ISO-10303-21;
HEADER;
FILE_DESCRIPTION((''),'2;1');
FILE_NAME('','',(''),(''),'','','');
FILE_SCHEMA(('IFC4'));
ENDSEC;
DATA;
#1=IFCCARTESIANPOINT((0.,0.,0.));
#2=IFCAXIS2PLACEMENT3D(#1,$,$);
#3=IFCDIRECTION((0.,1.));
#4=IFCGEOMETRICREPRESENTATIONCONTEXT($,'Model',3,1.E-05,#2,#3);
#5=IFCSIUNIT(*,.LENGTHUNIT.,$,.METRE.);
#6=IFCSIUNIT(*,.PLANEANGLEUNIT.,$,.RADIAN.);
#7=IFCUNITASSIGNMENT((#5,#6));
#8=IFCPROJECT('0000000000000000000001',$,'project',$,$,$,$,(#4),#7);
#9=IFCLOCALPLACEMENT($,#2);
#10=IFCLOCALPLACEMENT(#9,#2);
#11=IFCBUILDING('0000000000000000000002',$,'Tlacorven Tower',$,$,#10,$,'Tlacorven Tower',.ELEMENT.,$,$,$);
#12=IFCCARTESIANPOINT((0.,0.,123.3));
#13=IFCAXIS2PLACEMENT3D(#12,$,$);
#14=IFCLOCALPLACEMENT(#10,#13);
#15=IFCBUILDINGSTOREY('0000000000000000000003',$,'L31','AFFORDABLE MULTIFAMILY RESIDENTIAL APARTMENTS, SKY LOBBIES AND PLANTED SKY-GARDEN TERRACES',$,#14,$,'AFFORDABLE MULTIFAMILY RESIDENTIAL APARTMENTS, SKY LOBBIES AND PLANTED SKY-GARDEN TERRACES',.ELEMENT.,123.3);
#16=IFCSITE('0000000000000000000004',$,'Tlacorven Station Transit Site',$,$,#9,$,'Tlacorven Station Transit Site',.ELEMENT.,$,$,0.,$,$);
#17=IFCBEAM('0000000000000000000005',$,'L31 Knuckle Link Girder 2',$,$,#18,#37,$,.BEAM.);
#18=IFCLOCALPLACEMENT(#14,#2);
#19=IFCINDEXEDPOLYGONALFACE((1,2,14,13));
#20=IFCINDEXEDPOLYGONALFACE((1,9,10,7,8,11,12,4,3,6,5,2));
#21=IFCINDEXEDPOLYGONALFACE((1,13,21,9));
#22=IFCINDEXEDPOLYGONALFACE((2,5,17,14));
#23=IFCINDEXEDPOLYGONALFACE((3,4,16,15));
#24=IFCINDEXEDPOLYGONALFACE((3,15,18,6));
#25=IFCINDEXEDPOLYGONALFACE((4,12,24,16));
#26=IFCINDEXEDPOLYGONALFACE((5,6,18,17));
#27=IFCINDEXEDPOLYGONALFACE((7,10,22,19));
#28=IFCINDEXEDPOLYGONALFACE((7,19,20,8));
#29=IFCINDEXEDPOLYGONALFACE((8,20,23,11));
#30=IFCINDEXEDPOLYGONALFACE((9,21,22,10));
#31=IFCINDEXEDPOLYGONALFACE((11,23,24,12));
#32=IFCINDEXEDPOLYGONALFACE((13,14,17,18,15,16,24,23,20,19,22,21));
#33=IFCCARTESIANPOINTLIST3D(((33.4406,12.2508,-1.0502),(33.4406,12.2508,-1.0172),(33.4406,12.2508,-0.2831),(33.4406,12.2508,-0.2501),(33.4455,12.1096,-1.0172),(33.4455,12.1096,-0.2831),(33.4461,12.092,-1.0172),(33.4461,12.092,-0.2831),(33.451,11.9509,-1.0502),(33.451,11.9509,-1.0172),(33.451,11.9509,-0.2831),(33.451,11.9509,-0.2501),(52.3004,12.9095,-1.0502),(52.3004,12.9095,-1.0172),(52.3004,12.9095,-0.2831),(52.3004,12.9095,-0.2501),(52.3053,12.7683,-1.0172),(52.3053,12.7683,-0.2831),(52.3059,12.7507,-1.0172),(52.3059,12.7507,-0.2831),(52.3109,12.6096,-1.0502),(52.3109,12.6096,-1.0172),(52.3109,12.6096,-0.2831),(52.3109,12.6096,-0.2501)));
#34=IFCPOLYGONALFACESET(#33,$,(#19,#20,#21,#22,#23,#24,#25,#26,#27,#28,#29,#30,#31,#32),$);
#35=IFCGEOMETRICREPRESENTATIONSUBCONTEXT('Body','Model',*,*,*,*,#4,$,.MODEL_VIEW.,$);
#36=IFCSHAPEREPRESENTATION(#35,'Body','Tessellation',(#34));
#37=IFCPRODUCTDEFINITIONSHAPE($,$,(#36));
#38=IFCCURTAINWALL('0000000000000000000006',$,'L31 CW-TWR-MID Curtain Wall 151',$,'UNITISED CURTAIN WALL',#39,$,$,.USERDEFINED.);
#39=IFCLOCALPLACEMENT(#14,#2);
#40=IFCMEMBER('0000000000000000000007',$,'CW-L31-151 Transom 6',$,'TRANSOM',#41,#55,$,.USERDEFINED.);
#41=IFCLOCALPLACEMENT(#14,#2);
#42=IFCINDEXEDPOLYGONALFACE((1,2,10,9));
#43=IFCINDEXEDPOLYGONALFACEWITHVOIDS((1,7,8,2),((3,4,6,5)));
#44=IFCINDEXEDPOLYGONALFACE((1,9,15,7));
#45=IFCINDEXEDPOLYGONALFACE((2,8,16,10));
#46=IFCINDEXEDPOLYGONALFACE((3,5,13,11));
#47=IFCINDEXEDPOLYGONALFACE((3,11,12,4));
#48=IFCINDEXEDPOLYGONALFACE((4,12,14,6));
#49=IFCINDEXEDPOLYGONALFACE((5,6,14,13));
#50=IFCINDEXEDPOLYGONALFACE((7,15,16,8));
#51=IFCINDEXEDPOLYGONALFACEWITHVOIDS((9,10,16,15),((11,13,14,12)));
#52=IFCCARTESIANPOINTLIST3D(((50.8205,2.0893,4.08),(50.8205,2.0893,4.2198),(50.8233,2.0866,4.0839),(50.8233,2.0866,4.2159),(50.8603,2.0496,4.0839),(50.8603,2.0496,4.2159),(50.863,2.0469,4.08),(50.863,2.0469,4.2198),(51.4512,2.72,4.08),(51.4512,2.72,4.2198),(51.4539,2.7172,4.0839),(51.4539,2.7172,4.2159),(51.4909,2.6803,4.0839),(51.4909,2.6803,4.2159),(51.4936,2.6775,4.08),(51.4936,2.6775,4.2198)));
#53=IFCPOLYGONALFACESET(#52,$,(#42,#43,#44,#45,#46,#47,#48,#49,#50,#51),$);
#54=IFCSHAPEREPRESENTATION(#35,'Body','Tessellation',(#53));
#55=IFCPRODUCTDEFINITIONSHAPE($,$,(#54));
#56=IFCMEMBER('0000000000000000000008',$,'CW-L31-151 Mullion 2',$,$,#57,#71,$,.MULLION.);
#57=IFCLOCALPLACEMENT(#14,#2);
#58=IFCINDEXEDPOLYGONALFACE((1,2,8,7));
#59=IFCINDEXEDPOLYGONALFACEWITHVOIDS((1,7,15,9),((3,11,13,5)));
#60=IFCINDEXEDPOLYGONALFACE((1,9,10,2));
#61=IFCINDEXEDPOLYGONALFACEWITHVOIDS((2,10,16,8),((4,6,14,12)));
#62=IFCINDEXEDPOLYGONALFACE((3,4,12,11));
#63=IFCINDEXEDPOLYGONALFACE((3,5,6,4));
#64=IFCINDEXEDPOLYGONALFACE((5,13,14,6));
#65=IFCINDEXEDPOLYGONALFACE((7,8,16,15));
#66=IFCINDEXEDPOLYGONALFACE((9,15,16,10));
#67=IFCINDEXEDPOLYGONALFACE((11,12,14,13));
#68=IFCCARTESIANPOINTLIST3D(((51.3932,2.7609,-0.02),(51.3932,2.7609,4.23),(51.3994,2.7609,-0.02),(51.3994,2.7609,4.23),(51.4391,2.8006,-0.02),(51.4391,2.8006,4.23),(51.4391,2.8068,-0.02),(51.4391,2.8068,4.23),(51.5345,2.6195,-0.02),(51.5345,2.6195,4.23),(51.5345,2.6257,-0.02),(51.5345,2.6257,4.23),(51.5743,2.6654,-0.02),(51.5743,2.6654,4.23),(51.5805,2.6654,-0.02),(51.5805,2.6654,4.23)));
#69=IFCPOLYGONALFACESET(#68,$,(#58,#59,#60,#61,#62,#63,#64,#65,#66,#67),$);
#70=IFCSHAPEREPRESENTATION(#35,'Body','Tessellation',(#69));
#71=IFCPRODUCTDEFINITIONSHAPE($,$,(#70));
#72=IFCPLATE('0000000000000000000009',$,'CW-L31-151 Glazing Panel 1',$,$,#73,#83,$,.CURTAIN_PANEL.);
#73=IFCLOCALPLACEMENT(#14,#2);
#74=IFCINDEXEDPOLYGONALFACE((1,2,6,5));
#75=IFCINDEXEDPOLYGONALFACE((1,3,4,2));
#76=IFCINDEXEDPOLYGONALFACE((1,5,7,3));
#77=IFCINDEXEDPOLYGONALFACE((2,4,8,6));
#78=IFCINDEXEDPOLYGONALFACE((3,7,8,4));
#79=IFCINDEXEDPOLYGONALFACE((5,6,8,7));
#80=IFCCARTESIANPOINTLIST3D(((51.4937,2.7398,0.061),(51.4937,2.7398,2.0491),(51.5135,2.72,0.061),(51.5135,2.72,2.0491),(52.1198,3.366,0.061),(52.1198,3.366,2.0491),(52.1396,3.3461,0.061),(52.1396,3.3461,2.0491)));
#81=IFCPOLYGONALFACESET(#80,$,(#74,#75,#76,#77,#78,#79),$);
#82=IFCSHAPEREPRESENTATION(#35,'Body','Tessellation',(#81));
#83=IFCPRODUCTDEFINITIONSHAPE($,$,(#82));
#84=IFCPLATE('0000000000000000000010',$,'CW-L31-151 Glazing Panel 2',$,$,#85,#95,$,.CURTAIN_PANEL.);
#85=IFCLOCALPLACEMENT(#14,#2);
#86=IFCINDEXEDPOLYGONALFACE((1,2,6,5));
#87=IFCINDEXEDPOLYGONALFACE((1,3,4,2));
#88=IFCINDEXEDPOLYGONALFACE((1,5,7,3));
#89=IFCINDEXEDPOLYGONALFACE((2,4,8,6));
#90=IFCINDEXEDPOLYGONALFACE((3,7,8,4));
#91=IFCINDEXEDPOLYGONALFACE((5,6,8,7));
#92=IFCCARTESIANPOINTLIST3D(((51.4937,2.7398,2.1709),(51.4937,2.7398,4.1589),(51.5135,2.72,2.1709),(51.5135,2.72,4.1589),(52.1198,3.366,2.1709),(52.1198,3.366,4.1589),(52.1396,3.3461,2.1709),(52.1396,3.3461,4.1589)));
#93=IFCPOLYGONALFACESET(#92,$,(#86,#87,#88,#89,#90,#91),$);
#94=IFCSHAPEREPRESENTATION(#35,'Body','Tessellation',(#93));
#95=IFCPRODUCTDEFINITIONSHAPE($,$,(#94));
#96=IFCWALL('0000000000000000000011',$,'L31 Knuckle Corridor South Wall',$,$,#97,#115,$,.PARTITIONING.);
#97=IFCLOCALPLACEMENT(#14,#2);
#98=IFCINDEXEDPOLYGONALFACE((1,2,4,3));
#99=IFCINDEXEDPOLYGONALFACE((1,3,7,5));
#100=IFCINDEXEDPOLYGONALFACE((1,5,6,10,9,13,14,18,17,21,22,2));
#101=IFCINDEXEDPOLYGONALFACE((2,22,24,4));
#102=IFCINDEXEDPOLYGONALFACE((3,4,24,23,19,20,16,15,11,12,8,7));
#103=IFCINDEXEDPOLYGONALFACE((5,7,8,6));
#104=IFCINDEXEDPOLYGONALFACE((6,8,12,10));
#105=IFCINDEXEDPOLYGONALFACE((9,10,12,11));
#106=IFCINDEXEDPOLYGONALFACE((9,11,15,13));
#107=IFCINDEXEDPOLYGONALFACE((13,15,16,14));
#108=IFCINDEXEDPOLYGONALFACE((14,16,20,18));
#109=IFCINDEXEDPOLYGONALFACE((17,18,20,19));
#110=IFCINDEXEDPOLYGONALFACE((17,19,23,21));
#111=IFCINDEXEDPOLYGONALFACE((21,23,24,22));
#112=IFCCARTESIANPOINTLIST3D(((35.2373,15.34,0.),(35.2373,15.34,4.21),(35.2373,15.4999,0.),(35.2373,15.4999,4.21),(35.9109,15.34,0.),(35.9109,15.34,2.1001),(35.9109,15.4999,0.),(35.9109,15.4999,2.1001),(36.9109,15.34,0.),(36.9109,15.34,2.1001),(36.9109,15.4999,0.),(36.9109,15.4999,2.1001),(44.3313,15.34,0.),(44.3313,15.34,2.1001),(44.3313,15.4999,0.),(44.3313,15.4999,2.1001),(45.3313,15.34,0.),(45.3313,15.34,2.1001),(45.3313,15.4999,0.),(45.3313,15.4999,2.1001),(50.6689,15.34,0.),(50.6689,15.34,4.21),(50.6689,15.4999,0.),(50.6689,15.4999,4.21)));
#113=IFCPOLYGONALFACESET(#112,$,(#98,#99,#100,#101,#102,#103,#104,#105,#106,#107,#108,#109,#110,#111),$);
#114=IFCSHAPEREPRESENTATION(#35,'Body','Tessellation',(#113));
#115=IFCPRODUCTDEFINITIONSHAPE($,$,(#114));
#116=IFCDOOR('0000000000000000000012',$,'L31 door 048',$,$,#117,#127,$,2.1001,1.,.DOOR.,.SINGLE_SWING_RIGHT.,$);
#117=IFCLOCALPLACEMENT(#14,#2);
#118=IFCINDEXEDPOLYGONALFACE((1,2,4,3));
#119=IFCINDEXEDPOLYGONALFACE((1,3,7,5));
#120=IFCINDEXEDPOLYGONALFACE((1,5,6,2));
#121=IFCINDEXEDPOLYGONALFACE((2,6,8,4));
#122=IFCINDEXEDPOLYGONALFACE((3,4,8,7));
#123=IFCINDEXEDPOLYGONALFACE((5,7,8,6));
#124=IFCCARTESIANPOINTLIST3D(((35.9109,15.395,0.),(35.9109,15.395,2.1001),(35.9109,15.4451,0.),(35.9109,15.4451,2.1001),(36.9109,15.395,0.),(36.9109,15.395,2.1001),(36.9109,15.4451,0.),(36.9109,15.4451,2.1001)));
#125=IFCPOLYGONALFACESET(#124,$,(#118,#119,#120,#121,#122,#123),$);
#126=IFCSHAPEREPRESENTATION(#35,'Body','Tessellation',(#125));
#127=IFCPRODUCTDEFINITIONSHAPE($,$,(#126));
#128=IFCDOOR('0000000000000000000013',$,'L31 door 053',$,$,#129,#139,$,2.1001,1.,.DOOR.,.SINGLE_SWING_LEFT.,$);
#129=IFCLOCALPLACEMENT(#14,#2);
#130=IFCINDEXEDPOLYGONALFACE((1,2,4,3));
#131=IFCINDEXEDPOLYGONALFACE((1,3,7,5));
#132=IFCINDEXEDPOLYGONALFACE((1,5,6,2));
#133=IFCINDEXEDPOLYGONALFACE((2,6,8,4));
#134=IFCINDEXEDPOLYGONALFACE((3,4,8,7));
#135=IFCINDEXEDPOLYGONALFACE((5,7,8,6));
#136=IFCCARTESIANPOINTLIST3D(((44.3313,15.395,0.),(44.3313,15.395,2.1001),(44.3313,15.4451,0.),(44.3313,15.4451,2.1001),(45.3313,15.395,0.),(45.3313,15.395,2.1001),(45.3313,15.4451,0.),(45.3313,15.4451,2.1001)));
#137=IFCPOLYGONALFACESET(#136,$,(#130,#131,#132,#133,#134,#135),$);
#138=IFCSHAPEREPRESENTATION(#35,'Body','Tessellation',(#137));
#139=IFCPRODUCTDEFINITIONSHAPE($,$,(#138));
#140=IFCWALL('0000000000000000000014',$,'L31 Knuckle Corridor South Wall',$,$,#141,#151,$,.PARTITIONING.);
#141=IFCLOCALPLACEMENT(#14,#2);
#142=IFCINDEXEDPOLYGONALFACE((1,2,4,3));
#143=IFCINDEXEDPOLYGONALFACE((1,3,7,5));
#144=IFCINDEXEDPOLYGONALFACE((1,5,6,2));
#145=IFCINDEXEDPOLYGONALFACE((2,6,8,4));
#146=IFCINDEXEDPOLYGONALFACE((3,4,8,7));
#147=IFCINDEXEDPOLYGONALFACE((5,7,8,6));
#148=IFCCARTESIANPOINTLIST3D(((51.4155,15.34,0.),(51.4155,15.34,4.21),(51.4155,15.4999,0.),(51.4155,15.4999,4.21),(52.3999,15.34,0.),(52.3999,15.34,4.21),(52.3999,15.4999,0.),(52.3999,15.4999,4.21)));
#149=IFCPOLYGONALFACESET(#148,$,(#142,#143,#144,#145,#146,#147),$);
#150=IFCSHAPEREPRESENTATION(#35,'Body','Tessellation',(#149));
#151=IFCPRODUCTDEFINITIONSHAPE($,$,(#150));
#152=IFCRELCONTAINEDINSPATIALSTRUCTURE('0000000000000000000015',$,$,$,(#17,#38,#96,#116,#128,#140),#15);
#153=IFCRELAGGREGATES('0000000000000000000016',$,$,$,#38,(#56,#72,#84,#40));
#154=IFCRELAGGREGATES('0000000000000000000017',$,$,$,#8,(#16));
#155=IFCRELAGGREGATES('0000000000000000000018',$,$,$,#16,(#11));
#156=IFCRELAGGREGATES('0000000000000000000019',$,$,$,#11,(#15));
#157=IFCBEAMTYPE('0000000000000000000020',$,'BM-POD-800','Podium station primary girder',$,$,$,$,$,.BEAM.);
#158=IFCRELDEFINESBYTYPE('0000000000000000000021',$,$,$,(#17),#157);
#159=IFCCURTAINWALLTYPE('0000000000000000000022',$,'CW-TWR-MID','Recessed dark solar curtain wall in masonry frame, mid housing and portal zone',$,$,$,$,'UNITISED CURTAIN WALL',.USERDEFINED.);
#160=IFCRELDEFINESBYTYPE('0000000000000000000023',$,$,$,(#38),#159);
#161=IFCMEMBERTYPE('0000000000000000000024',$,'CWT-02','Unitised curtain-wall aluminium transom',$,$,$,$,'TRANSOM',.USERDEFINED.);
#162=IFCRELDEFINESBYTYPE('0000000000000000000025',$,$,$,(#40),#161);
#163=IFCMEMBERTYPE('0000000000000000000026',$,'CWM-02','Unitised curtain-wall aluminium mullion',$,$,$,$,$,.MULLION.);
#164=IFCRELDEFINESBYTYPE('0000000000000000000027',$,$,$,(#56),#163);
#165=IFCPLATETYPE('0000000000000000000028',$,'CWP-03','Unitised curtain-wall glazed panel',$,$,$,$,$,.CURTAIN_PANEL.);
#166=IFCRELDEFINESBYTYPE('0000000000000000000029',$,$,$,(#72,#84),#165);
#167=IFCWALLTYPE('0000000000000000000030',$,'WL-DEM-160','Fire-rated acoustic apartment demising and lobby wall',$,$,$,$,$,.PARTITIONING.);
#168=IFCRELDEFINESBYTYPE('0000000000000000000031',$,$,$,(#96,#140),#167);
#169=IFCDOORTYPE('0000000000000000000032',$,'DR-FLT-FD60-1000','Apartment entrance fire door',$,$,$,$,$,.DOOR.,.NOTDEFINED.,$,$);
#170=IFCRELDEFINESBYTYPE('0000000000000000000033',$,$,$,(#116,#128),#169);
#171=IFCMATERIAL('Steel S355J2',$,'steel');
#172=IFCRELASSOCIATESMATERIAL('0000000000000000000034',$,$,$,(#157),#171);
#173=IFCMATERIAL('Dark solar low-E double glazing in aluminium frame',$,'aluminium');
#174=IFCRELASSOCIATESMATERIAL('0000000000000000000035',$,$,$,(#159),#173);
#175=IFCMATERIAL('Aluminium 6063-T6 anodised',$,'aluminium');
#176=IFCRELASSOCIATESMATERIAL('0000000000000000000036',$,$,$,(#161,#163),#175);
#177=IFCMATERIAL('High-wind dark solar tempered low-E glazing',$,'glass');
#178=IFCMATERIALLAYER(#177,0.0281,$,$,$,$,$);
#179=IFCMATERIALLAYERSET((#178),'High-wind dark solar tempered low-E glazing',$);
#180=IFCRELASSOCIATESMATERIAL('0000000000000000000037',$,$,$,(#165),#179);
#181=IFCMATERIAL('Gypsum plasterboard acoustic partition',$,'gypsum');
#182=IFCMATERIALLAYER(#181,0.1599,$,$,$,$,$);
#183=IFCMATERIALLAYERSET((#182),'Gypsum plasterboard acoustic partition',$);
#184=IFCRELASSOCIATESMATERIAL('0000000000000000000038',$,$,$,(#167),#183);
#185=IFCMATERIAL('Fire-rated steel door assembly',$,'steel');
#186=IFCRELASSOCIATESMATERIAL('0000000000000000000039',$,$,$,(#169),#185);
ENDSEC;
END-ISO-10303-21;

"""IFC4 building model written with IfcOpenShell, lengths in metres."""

from ifc_helpers import new_model, si_unit, direction, frame, frame_2d, origin, origin_2d, place, context, subcontext, project, spatial, rectangle, hollow_rectangle, i_section, extrude, source, transform, mapped, material, layer, layer_set, material_profile, profile_set, type_object, element, fill, aggregate, save


model = new_model("IFC4")

# Units and contexts
model_context = context("Model", 3, precision=1e-05, world=origin(), true_north=direction((0.0, 1.0)))
body_context = subcontext(model_context, "Body", "Model", "MODEL_VIEW")
ifc_project = project(units=[si_unit("LENGTHUNIT", "METRE"), si_unit("PLANEANGLEUNIT", "RADIAN")], contexts=[model_context])

# Site, building, storey
site_placement = place(None, origin())
site = spatial("IfcSite", under=ifc_project, at=site_placement, Name="Tlacorven Station Transit Site", LongName="Tlacorven Station Transit Site", CompositionType="ELEMENT", RefElevation=0.0)
building_placement = place(site_placement, origin())
building = spatial("IfcBuilding", under=site, at=building_placement, Name="Tlacorven Tower", LongName="Tlacorven Tower", CompositionType="ELEMENT")
storey_placement = place(building_placement, frame((0.0, 0.0, 123.3)))
storey = spatial("IfcBuildingStorey", under=building, at=storey_placement, Name="L31", Description="AFFORDABLE MULTIFAMILY RESIDENTIAL APARTMENTS, SKY LOBBIES AND PLANTED SKY-GARDEN TERRACES", LongName="AFFORDABLE MULTIFAMILY RESIDENTIAL APARTMENTS, SKY LOBBIES AND PLANTED SKY-GARDEN TERRACES", CompositionType="ELEMENT", Elevation=123.3)

# Beam
ifc_material_1 = material(Name="Steel S355J2", Category="steel")
ifc_material_profile_1 = material_profile(ifc_material_1, i_section(OverallWidth=0.3, OverallDepth=0.8, WebThickness=0.0176, FlangeThickness=0.033, at=origin_2d()), Name="HEB 800")
ifc_profile_set_1 = profile_set([ifc_material_profile_1], Name="Steel S355J2")
beam_type = type_object("IfcBeamType", Name="BM-POD-800", Description="Podium station primary girder", PredefinedType="BEAM", material=ifc_profile_set_1)
shared_shape_1 = source(origin(), body_context, "Body", "SweptSolid", [
    extrude(i_section(OverallWidth=0.3, OverallDepth=0.8, WebThickness=0.0176, FlangeThickness=0.033, at=origin_2d()), origin(), (0.0, 0.0, 1.0), 18.8713),
])
beam_placement = place(storey_placement, frame((33.4458, 12.1008, -0.6501), z_axis=(0.999391, 0.034904, 0.0), x_axis=(-0.034904, 0.999391, 0.0)))
element("IfcBeam", 1, at=beam_placement, inside=storey, type_object=beam_type, Name="L31 Knuckle Link Girder 2", PredefinedType="BEAM", context=body_context, shape_type="MappedRepresentation", body=[
    mapped(shared_shape_1, transform((0.0, 0.0, 0.0), scale=1.0)),
])

# Curtain wall, members, plates
ifc_material_2 = material(Name="Dark solar low-E double glazing in aluminium frame", Category="aluminium")
curtain_wall_type = type_object("IfcCurtainWallType", Name="CW-TWR-MID", Description="Recessed dark solar curtain wall in masonry frame, mid housing and portal zone", ElementType="UNITISED CURTAIN WALL", PredefinedType="USERDEFINED", material=ifc_material_2)
curtain_wall_placement = place(storey_placement, origin())
curtain_wall = element("IfcCurtainWall", 2, at=curtain_wall_placement, inside=storey, type_object=curtain_wall_type, Name="L31 CW-TWR-MID Curtain Wall 151", ObjectType="UNITISED CURTAIN WALL", PredefinedType="USERDEFINED")
ifc_material_3 = material(Name="Aluminium 6063-T6 anodised", Category="aluminium")
ifc_material_profile_2 = material_profile(ifc_material_3, hollow_rectangle(XDim=0.0601, YDim=0.1399, WallThickness=0.0039, at=origin_2d()), Name="ALU TRANSOM 60X140")
ifc_profile_set_2 = profile_set([ifc_material_profile_2], Name="Aluminium 6063-T6 anodised")
member_type_1 = type_object("IfcMemberType", Name="CWT-02", Description="Unitised curtain-wall aluminium transom", ElementType="TRANSOM", PredefinedType="USERDEFINED", material=ifc_profile_set_2)
shared_shape_2 = source(origin(), body_context, "Body", "SweptSolid", [
    extrude(hollow_rectangle(XDim=0.0601, YDim=0.1399, WallThickness=0.0039, at=origin_2d()), origin(), (0.0, 0.0, 1.0), 0.8918),
])
member_1_placement = place(storey_placement, frame((51.4724, 2.6987, 4.1499), z_axis=(-0.707107, -0.707107, 0.0), x_axis=(0.707107, -0.707107, 0.0)))
member_1 = element("IfcMember", 3, at=member_1_placement, type_object=member_type_1, Name="CW-L31-151 Transom 6", ObjectType="TRANSOM", PredefinedType="USERDEFINED", context=body_context, shape_type="MappedRepresentation", body=[
    mapped(shared_shape_2, transform((0.0, 0.0, 0.0), scale=1.0)),
])
ifc_material_profile_3 = material_profile(ifc_material_3, hollow_rectangle(XDim=0.0649, YDim=0.2, WallThickness=0.0044, at=origin_2d()), Name="ALU MULLION 65X200")
ifc_profile_set_3 = profile_set([ifc_material_profile_3], Name="Aluminium 6063-T6 anodised")
member_type_2 = type_object("IfcMemberType", Name="CWM-02", Description="Unitised curtain-wall aluminium mullion", PredefinedType="MULLION", material=ifc_profile_set_3)
shared_shape_3 = source(origin(), body_context, "Body", "SweptSolid", [
    extrude(hollow_rectangle(XDim=0.0649, YDim=0.2, WallThickness=0.0044, at=origin_2d()), origin(), (0.0, 0.0, 1.0), 4.25),
])
member_2_placement = place(storey_placement, frame((51.4868, 2.7131, -0.02), z_axis=(0.0, 0.0, 1.0), x_axis=(-0.707107, -0.707107, 0.0)))
member_2 = element("IfcMember", 4, at=member_2_placement, type_object=member_type_2, Name="CW-L31-151 Mullion 2", PredefinedType="MULLION", context=body_context, shape_type="MappedRepresentation", body=[
    mapped(shared_shape_3, transform((0.0, 0.0, 0.0), scale=1.0)),
])
ifc_material_4 = material(Name="High-wind dark solar tempered low-E glazing", Category="glass")
ifc_layer_1 = layer(ifc_material_4, 0.0281)
ifc_layer_set_1 = layer_set([ifc_layer_1], Name="High-wind dark solar tempered low-E glazing")
plate_type = type_object("IfcPlateType", Name="CWP-03", Description="Unitised curtain-wall glazed panel", PredefinedType="CURTAIN_PANEL", material=ifc_layer_set_1)
shared_shape_4 = source(origin(), body_context, "Body", "SweptSolid", [
    extrude(rectangle(XDim=0.8855, YDim=0.0281, at=origin_2d()), origin(), (0.0, 0.0, 1.0), 1.988),
])
plate_1_placement = place(storey_placement, frame((51.8167, 3.043, 0.061), z_axis=(0.0, 0.0, 1.0), x_axis=(-0.707107, -0.707107, 0.0)))
plate_1 = element("IfcPlate", 5, at=plate_1_placement, type_object=plate_type, Name="CW-L31-151 Glazing Panel 1", PredefinedType="CURTAIN_PANEL", context=body_context, shape_type="MappedRepresentation", body=[
    mapped(shared_shape_4, transform((0.0, 0.0, 0.0), scale=1.0)),
])
plate_2_placement = place(storey_placement, frame((51.8167, 3.043, 2.1709), z_axis=(0.0, 0.0, 1.0), x_axis=(-0.707107, -0.707107, 0.0)))
plate_2 = element("IfcPlate", 6, at=plate_2_placement, type_object=plate_type, Name="CW-L31-151 Glazing Panel 2", PredefinedType="CURTAIN_PANEL", context=body_context, shape_type="MappedRepresentation", body=[
    mapped(shared_shape_4, transform((0.0, 0.0, 0.0), scale=1.0)),
])
aggregate(curtain_wall, [member_2, plate_1, plate_2, member_1])

# Wall, openings, doors
ifc_material_5 = material(Name="Gypsum plasterboard acoustic partition", Category="gypsum")
ifc_layer_2 = layer(ifc_material_5, 0.1599)
ifc_layer_set_2 = layer_set([ifc_layer_2], Name="Gypsum plasterboard acoustic partition")
wall_type_1 = type_object("IfcWallType", Name="WL-DEM-160", Description="Fire-rated acoustic apartment demising and lobby wall", PredefinedType="PARTITIONING", material=ifc_layer_set_2)
wall_1_placement = place(storey_placement, frame((35.2373, 15.4199, 0.0), z_axis=(0.0, 0.0, 1.0), x_axis=(1.0, 0.0, 0.0)))
wall_1 = element("IfcWall", 7, at=wall_1_placement, inside=storey, type_object=wall_type_1, Name="L31 Knuckle Corridor South Wall", PredefinedType="PARTITIONING", context=body_context, shape_type="SweptSolid", body=[
    extrude(rectangle(XDim=15.4316, YDim=0.1599, at=frame_2d((7.7158, 0.0))), origin(), (0.0, 0.0, 1.0), 4.21),
])
opening_1_placement = place(wall_1_placement, frame((0.6736, 0.0, 0.0)))
opening_1 = element("IfcOpeningElement", 8, at=opening_1_placement, cuts=wall_1, PredefinedType="OPENING", context=body_context, shape_type="SweptSolid", body=[
    extrude(rectangle(XDim=1.0, YDim=2.1001, at=frame_2d((0.5, 1.05))), frame((0.0, 0.0898, 0.0), z_axis=(0.0, -1.0, 0.0), x_axis=(1.0, 0.0, 0.0)), (0.0, 0.0, 1.0), 0.1799),
])
opening_2_placement = place(wall_1_placement, frame((9.094, 0.0, 0.0)))
opening_2 = element("IfcOpeningElement", 9, at=opening_2_placement, cuts=wall_1, PredefinedType="OPENING", context=body_context, shape_type="SweptSolid", body=[
    extrude(rectangle(XDim=1.0, YDim=2.1001, at=frame_2d((0.5, 1.05))), frame((0.0, 0.0898, 0.0), z_axis=(0.0, -1.0, 0.0), x_axis=(1.0, 0.0, 0.0)), (0.0, 0.0, 1.0), 0.1799),
])
ifc_material_6 = material(Name="Fire-rated steel door assembly", Category="steel")
door_type_1 = type_object("IfcDoorType", Name="DR-FLT-FD60-1000", Description="Apartment entrance fire door", OperationType="NOTDEFINED", PredefinedType="DOOR", material=ifc_material_6)
shared_shape_5 = source(origin(), body_context, "Body", "SweptSolid", [
    extrude(rectangle(XDim=1.0, YDim=2.1001, at=frame_2d((0.5, 1.05))), frame((0.0, 0.0249, 0.0), z_axis=(0.0, -1.0, 0.0), x_axis=(1.0, 0.0, 0.0)), (0.0, 0.0, 1.0), 0.05),
])
door_1_placement = place(opening_1_placement, frame((1.0, 0.0, 0.0), z_axis=(0.0, 0.0, 1.0), x_axis=(-1.0, 0.0, 0.0)))
door_1 = element("IfcDoor", 10, at=door_1_placement, inside=storey, type_object=door_type_1, Name="L31 door 048", OperationType="SINGLE_SWING_RIGHT", OverallHeight=2.1001, OverallWidth=1.0, PredefinedType="DOOR", context=body_context, shape_type="MappedRepresentation", body=[
    mapped(shared_shape_5, transform((0.0, 0.0, 0.0), scale=1.0)),
])
fill(opening_1, door_1)
door_2_placement = place(opening_2_placement, frame((1.0, 0.0, 0.0), z_axis=(0.0, 0.0, 1.0), x_axis=(-1.0, 0.0, 0.0)))
door_2 = element("IfcDoor", 11, at=door_2_placement, inside=storey, type_object=door_type_1, Name="L31 door 053", OperationType="SINGLE_SWING_LEFT", OverallHeight=2.1001, OverallWidth=1.0, PredefinedType="DOOR", context=body_context, shape_type="MappedRepresentation", body=[
    mapped(shared_shape_5, transform((0.0, 0.0, 0.0), scale=1.0)),
])
fill(opening_2, door_2)

# Wall
wall_2_placement = place(storey_placement, frame((51.4155, 15.4199, 0.0), z_axis=(0.0, 0.0, 1.0), x_axis=(1.0, 0.0, 0.0)))
element("IfcWall", 12, at=wall_2_placement, inside=storey, type_object=wall_type_1, Name="L31 Knuckle Corridor South Wall", PredefinedType="PARTITIONING", context=body_context, shape_type="SweptSolid", body=[
    extrude(rectangle(XDim=0.9844, YDim=0.1599, at=frame_2d((0.4922, 0.0))), origin(), (0.0, 0.0, 1.0), 4.21),
])

save(model, "model.ifc")
